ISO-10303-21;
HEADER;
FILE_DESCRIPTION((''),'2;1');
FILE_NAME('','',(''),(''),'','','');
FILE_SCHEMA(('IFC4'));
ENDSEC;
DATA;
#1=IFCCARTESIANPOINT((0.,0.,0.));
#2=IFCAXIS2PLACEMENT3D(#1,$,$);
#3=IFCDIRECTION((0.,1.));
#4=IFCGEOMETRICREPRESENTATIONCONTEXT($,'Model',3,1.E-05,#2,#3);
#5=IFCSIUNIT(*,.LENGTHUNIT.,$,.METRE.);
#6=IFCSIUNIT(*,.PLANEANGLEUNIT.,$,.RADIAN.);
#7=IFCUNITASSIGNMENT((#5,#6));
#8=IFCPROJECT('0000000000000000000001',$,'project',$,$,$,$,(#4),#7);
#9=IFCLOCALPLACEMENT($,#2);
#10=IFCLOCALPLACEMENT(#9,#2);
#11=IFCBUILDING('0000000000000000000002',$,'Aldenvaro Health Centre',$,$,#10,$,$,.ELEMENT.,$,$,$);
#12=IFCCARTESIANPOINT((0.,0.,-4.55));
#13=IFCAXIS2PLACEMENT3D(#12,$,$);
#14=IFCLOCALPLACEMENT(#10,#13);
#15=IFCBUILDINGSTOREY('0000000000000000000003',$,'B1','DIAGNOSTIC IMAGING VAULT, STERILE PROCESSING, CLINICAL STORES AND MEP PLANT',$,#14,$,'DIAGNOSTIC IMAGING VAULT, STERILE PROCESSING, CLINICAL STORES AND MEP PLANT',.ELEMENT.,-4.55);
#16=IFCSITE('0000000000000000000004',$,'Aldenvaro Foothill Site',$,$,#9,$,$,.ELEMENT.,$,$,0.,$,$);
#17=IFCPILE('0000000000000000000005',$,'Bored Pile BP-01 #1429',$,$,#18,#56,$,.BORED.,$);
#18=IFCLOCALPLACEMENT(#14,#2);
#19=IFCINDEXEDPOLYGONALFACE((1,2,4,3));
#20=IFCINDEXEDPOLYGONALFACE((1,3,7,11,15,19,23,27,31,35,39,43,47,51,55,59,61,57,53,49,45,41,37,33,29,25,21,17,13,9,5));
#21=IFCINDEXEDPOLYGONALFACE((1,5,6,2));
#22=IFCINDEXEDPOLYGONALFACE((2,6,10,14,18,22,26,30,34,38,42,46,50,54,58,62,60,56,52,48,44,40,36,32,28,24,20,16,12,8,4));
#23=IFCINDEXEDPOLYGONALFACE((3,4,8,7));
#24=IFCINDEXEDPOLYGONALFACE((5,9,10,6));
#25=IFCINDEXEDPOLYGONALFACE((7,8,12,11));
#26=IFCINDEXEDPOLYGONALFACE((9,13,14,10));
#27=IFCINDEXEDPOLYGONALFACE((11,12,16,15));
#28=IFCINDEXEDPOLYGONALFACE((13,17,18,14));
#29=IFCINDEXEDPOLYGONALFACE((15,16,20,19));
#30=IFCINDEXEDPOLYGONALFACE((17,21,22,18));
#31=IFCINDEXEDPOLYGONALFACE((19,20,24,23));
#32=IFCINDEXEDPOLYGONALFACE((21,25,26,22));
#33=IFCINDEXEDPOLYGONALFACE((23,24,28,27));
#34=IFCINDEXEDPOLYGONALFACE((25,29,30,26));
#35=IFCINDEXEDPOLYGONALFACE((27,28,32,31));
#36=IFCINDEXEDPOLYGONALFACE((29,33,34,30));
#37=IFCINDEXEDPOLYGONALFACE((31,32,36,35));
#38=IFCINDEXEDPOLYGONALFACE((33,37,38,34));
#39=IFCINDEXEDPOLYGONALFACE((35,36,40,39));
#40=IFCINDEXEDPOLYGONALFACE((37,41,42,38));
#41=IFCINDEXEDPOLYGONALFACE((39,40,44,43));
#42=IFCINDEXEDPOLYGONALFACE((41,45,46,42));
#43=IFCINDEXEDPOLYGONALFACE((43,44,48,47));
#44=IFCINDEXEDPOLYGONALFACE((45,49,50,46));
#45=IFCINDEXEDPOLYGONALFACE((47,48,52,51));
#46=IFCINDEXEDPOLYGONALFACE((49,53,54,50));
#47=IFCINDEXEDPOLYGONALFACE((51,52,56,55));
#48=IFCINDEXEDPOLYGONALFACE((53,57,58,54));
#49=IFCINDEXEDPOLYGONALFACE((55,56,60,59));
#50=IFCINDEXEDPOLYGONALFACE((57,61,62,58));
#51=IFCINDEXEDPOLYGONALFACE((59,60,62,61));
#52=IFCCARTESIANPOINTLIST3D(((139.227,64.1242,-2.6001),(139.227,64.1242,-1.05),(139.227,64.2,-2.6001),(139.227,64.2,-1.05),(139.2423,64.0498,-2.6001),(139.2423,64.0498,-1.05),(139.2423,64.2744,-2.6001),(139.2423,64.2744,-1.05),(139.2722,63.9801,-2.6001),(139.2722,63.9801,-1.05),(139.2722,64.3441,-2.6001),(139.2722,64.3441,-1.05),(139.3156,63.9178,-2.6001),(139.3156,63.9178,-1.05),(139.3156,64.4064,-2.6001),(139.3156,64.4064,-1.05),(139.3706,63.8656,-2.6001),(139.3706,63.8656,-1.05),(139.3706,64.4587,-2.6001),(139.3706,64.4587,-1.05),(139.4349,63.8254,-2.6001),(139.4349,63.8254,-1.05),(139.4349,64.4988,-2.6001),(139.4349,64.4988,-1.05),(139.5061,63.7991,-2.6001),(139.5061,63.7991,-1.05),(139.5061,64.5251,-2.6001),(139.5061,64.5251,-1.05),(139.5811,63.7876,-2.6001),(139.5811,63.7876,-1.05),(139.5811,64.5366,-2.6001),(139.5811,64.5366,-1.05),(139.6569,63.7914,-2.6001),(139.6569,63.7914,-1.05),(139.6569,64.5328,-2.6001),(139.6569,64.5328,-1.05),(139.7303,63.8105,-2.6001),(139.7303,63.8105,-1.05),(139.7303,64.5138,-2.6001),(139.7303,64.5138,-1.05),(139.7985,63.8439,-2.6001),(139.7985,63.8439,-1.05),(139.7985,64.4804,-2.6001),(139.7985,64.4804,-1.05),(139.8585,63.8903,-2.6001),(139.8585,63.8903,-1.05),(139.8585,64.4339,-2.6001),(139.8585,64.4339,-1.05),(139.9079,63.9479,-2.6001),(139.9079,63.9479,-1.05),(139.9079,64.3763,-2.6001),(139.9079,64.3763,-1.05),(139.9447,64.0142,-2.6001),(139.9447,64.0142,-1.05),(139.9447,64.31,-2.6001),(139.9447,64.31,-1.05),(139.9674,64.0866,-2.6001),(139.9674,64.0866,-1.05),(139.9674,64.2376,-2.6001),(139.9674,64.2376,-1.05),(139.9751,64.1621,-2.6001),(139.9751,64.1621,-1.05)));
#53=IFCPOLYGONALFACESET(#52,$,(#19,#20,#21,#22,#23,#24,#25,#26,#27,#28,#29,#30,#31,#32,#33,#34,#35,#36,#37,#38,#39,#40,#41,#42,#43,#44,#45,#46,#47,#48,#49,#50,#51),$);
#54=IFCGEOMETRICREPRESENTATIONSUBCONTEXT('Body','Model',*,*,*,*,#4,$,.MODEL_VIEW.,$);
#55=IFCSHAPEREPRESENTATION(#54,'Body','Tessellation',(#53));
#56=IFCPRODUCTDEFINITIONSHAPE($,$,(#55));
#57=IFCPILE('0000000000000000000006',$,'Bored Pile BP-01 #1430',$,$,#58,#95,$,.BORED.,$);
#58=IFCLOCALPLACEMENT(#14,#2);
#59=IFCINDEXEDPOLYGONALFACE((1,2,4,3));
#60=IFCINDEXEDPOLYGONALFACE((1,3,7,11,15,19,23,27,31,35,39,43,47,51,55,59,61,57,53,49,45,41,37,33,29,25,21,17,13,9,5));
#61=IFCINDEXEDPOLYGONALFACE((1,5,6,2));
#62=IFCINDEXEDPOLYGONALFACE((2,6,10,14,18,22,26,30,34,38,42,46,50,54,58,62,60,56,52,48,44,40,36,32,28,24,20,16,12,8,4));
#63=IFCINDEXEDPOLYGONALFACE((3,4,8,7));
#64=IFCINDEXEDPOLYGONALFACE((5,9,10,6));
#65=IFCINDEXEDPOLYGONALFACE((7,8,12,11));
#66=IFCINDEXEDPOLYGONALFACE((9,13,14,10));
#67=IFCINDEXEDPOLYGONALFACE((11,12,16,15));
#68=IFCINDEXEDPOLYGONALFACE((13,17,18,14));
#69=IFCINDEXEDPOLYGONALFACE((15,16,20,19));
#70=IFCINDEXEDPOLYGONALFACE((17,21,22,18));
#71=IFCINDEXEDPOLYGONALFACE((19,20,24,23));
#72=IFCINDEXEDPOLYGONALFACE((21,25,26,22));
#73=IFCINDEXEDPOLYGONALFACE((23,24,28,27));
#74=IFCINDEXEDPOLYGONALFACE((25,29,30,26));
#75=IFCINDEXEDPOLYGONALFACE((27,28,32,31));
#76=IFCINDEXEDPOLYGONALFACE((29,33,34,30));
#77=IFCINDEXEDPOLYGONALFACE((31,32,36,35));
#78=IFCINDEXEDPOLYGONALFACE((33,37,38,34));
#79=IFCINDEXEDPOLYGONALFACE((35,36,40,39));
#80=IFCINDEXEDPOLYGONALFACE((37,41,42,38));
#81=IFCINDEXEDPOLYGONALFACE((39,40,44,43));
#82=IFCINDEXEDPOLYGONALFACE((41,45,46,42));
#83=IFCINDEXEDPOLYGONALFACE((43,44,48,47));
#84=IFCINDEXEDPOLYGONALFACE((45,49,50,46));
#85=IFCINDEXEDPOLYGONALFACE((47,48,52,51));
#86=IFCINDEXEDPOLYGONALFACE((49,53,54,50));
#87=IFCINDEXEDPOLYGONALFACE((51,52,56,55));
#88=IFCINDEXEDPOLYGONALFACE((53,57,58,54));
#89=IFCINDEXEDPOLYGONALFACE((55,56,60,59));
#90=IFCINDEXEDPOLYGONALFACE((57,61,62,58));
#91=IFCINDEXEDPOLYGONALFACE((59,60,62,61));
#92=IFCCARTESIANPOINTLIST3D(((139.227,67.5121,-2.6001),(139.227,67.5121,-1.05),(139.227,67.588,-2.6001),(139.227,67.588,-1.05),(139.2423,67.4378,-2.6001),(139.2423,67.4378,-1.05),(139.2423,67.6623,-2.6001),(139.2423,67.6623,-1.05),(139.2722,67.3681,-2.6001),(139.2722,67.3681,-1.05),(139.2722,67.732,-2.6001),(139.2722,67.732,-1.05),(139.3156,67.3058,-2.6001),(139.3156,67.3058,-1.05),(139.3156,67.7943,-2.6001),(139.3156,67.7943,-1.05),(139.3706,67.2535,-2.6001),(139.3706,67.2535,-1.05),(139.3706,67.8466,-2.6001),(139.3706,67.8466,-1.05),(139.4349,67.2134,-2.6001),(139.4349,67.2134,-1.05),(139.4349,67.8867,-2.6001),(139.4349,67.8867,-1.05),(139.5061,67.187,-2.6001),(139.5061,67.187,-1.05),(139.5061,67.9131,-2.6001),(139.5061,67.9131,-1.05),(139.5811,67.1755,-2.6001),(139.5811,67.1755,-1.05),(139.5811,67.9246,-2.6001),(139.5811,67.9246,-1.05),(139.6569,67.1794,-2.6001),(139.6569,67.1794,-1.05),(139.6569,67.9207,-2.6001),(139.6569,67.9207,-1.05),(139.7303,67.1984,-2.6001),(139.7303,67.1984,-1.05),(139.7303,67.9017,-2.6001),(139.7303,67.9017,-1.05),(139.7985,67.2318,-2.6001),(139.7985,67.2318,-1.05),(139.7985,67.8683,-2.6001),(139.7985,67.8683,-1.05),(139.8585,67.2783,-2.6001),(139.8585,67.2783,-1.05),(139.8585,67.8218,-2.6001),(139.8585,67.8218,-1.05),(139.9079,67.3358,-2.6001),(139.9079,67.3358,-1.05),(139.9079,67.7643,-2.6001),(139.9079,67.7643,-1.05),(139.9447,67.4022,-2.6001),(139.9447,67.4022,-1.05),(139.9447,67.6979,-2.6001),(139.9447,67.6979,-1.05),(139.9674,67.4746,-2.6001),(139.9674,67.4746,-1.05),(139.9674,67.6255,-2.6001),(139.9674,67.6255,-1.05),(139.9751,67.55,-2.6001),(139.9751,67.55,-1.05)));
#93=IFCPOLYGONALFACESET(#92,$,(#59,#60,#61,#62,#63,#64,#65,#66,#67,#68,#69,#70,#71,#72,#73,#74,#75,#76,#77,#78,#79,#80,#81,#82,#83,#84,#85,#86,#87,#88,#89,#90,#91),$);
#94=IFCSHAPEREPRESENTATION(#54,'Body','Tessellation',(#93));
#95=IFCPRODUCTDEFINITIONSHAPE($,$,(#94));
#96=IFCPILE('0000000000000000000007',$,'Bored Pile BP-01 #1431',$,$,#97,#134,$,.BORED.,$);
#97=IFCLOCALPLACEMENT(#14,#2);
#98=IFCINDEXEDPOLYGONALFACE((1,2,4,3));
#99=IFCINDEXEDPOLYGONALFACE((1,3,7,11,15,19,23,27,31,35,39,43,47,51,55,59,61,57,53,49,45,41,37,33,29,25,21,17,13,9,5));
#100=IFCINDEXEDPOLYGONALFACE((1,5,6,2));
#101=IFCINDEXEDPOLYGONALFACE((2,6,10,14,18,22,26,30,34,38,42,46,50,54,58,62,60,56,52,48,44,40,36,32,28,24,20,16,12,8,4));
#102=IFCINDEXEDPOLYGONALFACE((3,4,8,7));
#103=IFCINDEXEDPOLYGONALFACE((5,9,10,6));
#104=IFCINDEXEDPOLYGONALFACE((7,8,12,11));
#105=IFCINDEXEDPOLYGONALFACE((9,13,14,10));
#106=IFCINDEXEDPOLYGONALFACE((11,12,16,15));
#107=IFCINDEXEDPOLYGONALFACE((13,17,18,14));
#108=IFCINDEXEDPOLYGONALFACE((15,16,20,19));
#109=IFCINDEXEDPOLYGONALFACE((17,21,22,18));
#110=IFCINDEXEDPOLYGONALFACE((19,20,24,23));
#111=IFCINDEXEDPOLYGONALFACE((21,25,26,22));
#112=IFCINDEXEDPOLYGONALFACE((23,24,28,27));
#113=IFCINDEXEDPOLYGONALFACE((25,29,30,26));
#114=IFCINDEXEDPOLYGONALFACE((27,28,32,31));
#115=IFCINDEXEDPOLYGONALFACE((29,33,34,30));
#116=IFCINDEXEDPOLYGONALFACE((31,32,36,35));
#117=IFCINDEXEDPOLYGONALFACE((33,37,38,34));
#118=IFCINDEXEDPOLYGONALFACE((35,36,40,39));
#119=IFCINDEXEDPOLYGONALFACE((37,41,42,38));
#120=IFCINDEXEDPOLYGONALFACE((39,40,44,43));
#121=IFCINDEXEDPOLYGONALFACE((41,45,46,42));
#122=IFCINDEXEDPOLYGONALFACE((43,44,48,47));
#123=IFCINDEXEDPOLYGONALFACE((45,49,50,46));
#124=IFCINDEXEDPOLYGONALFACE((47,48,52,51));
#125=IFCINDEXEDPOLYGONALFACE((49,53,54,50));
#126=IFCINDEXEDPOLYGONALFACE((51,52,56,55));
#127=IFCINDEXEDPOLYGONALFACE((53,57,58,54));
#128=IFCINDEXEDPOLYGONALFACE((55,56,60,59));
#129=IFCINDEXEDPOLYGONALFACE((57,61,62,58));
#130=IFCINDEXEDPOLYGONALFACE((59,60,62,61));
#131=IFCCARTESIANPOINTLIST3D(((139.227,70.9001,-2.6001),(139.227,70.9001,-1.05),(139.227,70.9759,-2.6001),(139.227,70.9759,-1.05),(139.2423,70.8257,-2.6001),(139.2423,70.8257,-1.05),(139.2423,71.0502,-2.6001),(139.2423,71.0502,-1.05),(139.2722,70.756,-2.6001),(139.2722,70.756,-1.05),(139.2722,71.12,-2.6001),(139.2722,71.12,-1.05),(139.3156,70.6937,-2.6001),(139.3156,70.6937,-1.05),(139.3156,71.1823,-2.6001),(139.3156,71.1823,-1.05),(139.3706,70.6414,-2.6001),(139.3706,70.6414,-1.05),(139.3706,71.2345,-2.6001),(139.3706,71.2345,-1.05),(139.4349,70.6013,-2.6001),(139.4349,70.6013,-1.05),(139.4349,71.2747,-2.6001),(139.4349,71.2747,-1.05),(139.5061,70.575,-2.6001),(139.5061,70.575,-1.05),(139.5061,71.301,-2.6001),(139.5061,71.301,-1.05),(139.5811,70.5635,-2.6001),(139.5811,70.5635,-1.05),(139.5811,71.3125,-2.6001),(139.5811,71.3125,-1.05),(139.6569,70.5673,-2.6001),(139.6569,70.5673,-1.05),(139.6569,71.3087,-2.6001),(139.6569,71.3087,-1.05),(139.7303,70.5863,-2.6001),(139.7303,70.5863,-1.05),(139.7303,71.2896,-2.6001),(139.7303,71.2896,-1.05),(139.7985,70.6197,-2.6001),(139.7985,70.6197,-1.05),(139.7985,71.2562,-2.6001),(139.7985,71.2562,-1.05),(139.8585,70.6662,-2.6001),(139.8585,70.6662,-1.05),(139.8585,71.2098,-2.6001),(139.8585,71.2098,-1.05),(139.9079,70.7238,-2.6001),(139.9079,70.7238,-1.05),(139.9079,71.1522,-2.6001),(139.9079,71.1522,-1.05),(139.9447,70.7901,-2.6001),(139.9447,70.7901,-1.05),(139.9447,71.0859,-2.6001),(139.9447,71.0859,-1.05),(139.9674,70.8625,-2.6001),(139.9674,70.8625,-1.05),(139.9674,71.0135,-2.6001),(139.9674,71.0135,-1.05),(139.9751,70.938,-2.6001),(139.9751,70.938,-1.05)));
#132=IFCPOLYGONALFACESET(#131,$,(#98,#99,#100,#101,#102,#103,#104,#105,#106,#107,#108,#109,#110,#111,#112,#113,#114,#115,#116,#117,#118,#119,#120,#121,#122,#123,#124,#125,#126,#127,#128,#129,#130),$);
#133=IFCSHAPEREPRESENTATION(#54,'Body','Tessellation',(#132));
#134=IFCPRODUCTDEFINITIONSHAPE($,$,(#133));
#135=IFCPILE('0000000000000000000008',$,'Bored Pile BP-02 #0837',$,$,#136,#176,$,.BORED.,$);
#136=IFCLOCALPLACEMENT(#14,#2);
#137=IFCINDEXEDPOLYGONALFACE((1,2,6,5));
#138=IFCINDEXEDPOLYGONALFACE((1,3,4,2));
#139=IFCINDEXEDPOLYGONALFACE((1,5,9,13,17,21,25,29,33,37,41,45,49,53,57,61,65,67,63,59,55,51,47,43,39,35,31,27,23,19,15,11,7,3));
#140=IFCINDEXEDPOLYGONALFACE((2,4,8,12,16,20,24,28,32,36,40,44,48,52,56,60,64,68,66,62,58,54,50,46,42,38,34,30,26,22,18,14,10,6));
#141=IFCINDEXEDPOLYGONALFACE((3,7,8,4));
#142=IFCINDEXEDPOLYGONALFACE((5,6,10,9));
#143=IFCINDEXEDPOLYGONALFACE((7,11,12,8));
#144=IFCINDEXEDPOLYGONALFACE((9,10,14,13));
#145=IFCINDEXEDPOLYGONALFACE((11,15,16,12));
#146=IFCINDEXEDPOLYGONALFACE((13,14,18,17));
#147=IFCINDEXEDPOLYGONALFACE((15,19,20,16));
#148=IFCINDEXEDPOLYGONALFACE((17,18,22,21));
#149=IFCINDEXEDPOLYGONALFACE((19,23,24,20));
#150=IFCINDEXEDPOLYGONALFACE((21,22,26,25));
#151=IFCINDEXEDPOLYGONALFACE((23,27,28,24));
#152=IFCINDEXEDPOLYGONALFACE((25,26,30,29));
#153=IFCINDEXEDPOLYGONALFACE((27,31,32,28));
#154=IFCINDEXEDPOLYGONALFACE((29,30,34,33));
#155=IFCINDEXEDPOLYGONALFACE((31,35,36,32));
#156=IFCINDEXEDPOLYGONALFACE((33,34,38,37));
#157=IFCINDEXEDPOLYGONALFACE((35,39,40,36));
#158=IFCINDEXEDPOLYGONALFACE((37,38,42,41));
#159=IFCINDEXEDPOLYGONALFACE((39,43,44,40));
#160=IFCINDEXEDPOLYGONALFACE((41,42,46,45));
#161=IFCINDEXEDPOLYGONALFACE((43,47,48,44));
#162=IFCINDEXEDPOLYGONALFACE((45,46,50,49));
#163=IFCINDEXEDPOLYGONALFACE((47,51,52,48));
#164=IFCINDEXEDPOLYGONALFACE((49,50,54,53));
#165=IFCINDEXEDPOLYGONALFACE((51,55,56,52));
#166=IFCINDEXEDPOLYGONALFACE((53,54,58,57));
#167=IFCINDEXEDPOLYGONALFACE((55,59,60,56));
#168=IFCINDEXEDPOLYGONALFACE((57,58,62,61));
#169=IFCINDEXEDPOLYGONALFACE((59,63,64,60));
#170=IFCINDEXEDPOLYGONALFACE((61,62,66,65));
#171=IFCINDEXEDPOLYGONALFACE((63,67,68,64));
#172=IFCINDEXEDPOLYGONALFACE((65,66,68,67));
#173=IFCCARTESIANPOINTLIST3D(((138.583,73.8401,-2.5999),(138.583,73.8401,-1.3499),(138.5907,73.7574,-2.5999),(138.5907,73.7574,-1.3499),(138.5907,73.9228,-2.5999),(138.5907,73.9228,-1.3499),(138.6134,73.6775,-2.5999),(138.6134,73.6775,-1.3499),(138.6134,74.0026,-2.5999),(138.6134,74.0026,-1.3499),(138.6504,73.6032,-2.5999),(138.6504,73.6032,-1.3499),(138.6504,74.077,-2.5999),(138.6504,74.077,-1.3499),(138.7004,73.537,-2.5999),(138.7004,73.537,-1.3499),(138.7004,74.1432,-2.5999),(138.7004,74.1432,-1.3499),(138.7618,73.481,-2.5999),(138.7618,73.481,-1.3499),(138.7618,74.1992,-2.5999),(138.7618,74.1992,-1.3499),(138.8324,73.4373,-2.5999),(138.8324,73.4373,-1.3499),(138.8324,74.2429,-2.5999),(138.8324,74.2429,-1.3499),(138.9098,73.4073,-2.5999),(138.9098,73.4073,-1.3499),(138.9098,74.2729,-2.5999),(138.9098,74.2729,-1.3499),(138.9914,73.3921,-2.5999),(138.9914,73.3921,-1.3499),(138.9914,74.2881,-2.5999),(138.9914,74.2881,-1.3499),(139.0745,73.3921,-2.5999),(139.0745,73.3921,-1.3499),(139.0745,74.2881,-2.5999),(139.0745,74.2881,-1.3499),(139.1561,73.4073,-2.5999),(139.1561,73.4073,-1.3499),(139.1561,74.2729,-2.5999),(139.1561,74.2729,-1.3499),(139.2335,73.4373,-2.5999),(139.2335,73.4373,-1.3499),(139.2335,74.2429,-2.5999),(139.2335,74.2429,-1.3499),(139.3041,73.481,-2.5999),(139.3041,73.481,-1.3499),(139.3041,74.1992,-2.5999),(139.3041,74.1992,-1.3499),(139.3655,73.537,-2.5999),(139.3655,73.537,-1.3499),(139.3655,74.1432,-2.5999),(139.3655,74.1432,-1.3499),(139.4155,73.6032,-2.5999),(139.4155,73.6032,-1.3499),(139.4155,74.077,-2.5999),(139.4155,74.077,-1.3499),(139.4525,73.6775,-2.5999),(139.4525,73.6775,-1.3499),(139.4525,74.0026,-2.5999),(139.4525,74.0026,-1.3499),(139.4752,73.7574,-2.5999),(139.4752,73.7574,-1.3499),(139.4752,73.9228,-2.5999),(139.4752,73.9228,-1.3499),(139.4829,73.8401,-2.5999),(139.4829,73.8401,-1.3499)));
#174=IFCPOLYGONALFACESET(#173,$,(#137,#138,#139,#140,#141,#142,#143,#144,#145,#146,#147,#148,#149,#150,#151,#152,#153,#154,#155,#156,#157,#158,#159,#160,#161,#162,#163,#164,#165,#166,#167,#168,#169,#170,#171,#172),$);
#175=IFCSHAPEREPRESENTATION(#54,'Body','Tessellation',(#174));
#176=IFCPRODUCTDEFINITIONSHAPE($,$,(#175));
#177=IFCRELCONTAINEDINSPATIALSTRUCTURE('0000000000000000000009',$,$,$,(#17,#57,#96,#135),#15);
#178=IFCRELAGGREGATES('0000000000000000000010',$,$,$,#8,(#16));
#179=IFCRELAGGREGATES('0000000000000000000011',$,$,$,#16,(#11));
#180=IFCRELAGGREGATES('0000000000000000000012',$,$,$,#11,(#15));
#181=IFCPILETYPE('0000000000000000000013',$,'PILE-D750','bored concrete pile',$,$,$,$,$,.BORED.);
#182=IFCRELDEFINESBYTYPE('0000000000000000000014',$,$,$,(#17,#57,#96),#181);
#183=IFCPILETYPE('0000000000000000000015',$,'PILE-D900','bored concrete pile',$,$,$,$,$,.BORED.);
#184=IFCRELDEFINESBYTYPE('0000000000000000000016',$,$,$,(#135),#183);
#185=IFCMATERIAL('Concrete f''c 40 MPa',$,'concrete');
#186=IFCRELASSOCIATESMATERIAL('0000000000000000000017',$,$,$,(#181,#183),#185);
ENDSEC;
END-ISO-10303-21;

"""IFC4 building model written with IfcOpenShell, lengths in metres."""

from ifc_helpers import new_model, si_unit, direction, frame, origin, origin_2d, place, context, subcontext, project, spatial, circle, extrude, material, material_profile, profile_set, type_object, element, save


model = new_model("IFC4")

# Units and contexts
model_context = context("Model", 3, precision=1e-05, world=origin(), true_north=direction((0.0, 1.0)))
body_context = subcontext(model_context, "Body", "Model", "MODEL_VIEW")
ifc_project = project(units=[si_unit("LENGTHUNIT", "METRE"), si_unit("PLANEANGLEUNIT", "RADIAN")], contexts=[model_context])

# Site, building, storey
site_placement = place(None, origin())
site = spatial("IfcSite", under=ifc_project, at=site_placement, Name="Aldenvaro Foothill Site", CompositionType="ELEMENT", RefElevation=0.0)
building_placement = place(site_placement, origin())
building = spatial("IfcBuilding", under=site, at=building_placement, Name="Aldenvaro Health Centre", CompositionType="ELEMENT")
storey_placement = place(building_placement, frame((0.0, 0.0, -4.55)))
storey = spatial("IfcBuildingStorey", under=building, at=storey_placement, Name="B1", Description="DIAGNOSTIC IMAGING VAULT, STERILE PROCESSING, CLINICAL STORES AND MEP PLANT", LongName="DIAGNOSTIC IMAGING VAULT, STERILE PROCESSING, CLINICAL STORES AND MEP PLANT", CompositionType="ELEMENT", Elevation=-4.55)

# Shared definitions
ifc_material_1 = material(Name="Concrete f'c 40 MPa", Category="concrete")

# Piles
ifc_material_profile_1 = material_profile(ifc_material_1, circle(Radius=0.375, at=origin_2d()), Name="PILE D750", Category="concrete")
ifc_profile_set_1 = profile_set([ifc_material_profile_1], Name="Concrete f'c 40 MPa")
pile_type_1 = type_object("IfcPileType", Name="PILE-D750", Description="bored concrete pile", PredefinedType="BORED", material=ifc_profile_set_1)
for number, where, z_axis, x_axis, name in (
    (1, (139.6001, 64.1621, -1.05), (0.0, 0.0, -1.0), (1.0, 0.0, 0.0), "Bored Pile BP-01 #1429"),
    (2, (139.6001, 67.55, -1.05), (0.0, 0.0, -1.0), (1.0, 0.0, 0.0), "Bored Pile BP-01 #1430"),
    (3, (139.6001, 70.938, -1.05), (0.0, 0.0, -1.0), (1.0, 0.0, 0.0), "Bored Pile BP-01 #1431"),
):
    element("IfcPile", number, at=place(storey_placement, frame(where, z_axis=z_axis, x_axis=x_axis)), inside=storey, type_object=pile_type_1, Name=name, PredefinedType="BORED", context=body_context, shape_type="SweptSolid", body=[
        extrude(circle(Radius=0.375, at=origin_2d()), origin(), (0.0, 0.0, 1.0), 1.55),
    ])
ifc_material_profile_2 = material_profile(ifc_material_1, circle(Radius=0.45, at=origin_2d()), Name="PILE D900", Category="concrete")
ifc_profile_set_2 = profile_set([ifc_material_profile_2], Name="Concrete f'c 40 MPa")
pile_type_2 = type_object("IfcPileType", Name="PILE-D900", Description="bored concrete pile", PredefinedType="BORED", material=ifc_profile_set_2)
for number, where, z_axis, x_axis, name in (
    (4, (139.033, 73.8401, -1.3499), (0.0, 0.0, -1.0), (1.0, 0.0, 0.0), "Bored Pile BP-02 #0837"),
):
    element("IfcPile", number, at=place(storey_placement, frame(where, z_axis=z_axis, x_axis=x_axis)), inside=storey, type_object=pile_type_2, Name=name, PredefinedType="BORED", context=body_context, shape_type="SweptSolid", body=[
        extrude(circle(Radius=0.45, at=origin_2d()), origin(), (0.0, 0.0, 1.0), 1.25),
    ])

save(model, "model.ifc")
